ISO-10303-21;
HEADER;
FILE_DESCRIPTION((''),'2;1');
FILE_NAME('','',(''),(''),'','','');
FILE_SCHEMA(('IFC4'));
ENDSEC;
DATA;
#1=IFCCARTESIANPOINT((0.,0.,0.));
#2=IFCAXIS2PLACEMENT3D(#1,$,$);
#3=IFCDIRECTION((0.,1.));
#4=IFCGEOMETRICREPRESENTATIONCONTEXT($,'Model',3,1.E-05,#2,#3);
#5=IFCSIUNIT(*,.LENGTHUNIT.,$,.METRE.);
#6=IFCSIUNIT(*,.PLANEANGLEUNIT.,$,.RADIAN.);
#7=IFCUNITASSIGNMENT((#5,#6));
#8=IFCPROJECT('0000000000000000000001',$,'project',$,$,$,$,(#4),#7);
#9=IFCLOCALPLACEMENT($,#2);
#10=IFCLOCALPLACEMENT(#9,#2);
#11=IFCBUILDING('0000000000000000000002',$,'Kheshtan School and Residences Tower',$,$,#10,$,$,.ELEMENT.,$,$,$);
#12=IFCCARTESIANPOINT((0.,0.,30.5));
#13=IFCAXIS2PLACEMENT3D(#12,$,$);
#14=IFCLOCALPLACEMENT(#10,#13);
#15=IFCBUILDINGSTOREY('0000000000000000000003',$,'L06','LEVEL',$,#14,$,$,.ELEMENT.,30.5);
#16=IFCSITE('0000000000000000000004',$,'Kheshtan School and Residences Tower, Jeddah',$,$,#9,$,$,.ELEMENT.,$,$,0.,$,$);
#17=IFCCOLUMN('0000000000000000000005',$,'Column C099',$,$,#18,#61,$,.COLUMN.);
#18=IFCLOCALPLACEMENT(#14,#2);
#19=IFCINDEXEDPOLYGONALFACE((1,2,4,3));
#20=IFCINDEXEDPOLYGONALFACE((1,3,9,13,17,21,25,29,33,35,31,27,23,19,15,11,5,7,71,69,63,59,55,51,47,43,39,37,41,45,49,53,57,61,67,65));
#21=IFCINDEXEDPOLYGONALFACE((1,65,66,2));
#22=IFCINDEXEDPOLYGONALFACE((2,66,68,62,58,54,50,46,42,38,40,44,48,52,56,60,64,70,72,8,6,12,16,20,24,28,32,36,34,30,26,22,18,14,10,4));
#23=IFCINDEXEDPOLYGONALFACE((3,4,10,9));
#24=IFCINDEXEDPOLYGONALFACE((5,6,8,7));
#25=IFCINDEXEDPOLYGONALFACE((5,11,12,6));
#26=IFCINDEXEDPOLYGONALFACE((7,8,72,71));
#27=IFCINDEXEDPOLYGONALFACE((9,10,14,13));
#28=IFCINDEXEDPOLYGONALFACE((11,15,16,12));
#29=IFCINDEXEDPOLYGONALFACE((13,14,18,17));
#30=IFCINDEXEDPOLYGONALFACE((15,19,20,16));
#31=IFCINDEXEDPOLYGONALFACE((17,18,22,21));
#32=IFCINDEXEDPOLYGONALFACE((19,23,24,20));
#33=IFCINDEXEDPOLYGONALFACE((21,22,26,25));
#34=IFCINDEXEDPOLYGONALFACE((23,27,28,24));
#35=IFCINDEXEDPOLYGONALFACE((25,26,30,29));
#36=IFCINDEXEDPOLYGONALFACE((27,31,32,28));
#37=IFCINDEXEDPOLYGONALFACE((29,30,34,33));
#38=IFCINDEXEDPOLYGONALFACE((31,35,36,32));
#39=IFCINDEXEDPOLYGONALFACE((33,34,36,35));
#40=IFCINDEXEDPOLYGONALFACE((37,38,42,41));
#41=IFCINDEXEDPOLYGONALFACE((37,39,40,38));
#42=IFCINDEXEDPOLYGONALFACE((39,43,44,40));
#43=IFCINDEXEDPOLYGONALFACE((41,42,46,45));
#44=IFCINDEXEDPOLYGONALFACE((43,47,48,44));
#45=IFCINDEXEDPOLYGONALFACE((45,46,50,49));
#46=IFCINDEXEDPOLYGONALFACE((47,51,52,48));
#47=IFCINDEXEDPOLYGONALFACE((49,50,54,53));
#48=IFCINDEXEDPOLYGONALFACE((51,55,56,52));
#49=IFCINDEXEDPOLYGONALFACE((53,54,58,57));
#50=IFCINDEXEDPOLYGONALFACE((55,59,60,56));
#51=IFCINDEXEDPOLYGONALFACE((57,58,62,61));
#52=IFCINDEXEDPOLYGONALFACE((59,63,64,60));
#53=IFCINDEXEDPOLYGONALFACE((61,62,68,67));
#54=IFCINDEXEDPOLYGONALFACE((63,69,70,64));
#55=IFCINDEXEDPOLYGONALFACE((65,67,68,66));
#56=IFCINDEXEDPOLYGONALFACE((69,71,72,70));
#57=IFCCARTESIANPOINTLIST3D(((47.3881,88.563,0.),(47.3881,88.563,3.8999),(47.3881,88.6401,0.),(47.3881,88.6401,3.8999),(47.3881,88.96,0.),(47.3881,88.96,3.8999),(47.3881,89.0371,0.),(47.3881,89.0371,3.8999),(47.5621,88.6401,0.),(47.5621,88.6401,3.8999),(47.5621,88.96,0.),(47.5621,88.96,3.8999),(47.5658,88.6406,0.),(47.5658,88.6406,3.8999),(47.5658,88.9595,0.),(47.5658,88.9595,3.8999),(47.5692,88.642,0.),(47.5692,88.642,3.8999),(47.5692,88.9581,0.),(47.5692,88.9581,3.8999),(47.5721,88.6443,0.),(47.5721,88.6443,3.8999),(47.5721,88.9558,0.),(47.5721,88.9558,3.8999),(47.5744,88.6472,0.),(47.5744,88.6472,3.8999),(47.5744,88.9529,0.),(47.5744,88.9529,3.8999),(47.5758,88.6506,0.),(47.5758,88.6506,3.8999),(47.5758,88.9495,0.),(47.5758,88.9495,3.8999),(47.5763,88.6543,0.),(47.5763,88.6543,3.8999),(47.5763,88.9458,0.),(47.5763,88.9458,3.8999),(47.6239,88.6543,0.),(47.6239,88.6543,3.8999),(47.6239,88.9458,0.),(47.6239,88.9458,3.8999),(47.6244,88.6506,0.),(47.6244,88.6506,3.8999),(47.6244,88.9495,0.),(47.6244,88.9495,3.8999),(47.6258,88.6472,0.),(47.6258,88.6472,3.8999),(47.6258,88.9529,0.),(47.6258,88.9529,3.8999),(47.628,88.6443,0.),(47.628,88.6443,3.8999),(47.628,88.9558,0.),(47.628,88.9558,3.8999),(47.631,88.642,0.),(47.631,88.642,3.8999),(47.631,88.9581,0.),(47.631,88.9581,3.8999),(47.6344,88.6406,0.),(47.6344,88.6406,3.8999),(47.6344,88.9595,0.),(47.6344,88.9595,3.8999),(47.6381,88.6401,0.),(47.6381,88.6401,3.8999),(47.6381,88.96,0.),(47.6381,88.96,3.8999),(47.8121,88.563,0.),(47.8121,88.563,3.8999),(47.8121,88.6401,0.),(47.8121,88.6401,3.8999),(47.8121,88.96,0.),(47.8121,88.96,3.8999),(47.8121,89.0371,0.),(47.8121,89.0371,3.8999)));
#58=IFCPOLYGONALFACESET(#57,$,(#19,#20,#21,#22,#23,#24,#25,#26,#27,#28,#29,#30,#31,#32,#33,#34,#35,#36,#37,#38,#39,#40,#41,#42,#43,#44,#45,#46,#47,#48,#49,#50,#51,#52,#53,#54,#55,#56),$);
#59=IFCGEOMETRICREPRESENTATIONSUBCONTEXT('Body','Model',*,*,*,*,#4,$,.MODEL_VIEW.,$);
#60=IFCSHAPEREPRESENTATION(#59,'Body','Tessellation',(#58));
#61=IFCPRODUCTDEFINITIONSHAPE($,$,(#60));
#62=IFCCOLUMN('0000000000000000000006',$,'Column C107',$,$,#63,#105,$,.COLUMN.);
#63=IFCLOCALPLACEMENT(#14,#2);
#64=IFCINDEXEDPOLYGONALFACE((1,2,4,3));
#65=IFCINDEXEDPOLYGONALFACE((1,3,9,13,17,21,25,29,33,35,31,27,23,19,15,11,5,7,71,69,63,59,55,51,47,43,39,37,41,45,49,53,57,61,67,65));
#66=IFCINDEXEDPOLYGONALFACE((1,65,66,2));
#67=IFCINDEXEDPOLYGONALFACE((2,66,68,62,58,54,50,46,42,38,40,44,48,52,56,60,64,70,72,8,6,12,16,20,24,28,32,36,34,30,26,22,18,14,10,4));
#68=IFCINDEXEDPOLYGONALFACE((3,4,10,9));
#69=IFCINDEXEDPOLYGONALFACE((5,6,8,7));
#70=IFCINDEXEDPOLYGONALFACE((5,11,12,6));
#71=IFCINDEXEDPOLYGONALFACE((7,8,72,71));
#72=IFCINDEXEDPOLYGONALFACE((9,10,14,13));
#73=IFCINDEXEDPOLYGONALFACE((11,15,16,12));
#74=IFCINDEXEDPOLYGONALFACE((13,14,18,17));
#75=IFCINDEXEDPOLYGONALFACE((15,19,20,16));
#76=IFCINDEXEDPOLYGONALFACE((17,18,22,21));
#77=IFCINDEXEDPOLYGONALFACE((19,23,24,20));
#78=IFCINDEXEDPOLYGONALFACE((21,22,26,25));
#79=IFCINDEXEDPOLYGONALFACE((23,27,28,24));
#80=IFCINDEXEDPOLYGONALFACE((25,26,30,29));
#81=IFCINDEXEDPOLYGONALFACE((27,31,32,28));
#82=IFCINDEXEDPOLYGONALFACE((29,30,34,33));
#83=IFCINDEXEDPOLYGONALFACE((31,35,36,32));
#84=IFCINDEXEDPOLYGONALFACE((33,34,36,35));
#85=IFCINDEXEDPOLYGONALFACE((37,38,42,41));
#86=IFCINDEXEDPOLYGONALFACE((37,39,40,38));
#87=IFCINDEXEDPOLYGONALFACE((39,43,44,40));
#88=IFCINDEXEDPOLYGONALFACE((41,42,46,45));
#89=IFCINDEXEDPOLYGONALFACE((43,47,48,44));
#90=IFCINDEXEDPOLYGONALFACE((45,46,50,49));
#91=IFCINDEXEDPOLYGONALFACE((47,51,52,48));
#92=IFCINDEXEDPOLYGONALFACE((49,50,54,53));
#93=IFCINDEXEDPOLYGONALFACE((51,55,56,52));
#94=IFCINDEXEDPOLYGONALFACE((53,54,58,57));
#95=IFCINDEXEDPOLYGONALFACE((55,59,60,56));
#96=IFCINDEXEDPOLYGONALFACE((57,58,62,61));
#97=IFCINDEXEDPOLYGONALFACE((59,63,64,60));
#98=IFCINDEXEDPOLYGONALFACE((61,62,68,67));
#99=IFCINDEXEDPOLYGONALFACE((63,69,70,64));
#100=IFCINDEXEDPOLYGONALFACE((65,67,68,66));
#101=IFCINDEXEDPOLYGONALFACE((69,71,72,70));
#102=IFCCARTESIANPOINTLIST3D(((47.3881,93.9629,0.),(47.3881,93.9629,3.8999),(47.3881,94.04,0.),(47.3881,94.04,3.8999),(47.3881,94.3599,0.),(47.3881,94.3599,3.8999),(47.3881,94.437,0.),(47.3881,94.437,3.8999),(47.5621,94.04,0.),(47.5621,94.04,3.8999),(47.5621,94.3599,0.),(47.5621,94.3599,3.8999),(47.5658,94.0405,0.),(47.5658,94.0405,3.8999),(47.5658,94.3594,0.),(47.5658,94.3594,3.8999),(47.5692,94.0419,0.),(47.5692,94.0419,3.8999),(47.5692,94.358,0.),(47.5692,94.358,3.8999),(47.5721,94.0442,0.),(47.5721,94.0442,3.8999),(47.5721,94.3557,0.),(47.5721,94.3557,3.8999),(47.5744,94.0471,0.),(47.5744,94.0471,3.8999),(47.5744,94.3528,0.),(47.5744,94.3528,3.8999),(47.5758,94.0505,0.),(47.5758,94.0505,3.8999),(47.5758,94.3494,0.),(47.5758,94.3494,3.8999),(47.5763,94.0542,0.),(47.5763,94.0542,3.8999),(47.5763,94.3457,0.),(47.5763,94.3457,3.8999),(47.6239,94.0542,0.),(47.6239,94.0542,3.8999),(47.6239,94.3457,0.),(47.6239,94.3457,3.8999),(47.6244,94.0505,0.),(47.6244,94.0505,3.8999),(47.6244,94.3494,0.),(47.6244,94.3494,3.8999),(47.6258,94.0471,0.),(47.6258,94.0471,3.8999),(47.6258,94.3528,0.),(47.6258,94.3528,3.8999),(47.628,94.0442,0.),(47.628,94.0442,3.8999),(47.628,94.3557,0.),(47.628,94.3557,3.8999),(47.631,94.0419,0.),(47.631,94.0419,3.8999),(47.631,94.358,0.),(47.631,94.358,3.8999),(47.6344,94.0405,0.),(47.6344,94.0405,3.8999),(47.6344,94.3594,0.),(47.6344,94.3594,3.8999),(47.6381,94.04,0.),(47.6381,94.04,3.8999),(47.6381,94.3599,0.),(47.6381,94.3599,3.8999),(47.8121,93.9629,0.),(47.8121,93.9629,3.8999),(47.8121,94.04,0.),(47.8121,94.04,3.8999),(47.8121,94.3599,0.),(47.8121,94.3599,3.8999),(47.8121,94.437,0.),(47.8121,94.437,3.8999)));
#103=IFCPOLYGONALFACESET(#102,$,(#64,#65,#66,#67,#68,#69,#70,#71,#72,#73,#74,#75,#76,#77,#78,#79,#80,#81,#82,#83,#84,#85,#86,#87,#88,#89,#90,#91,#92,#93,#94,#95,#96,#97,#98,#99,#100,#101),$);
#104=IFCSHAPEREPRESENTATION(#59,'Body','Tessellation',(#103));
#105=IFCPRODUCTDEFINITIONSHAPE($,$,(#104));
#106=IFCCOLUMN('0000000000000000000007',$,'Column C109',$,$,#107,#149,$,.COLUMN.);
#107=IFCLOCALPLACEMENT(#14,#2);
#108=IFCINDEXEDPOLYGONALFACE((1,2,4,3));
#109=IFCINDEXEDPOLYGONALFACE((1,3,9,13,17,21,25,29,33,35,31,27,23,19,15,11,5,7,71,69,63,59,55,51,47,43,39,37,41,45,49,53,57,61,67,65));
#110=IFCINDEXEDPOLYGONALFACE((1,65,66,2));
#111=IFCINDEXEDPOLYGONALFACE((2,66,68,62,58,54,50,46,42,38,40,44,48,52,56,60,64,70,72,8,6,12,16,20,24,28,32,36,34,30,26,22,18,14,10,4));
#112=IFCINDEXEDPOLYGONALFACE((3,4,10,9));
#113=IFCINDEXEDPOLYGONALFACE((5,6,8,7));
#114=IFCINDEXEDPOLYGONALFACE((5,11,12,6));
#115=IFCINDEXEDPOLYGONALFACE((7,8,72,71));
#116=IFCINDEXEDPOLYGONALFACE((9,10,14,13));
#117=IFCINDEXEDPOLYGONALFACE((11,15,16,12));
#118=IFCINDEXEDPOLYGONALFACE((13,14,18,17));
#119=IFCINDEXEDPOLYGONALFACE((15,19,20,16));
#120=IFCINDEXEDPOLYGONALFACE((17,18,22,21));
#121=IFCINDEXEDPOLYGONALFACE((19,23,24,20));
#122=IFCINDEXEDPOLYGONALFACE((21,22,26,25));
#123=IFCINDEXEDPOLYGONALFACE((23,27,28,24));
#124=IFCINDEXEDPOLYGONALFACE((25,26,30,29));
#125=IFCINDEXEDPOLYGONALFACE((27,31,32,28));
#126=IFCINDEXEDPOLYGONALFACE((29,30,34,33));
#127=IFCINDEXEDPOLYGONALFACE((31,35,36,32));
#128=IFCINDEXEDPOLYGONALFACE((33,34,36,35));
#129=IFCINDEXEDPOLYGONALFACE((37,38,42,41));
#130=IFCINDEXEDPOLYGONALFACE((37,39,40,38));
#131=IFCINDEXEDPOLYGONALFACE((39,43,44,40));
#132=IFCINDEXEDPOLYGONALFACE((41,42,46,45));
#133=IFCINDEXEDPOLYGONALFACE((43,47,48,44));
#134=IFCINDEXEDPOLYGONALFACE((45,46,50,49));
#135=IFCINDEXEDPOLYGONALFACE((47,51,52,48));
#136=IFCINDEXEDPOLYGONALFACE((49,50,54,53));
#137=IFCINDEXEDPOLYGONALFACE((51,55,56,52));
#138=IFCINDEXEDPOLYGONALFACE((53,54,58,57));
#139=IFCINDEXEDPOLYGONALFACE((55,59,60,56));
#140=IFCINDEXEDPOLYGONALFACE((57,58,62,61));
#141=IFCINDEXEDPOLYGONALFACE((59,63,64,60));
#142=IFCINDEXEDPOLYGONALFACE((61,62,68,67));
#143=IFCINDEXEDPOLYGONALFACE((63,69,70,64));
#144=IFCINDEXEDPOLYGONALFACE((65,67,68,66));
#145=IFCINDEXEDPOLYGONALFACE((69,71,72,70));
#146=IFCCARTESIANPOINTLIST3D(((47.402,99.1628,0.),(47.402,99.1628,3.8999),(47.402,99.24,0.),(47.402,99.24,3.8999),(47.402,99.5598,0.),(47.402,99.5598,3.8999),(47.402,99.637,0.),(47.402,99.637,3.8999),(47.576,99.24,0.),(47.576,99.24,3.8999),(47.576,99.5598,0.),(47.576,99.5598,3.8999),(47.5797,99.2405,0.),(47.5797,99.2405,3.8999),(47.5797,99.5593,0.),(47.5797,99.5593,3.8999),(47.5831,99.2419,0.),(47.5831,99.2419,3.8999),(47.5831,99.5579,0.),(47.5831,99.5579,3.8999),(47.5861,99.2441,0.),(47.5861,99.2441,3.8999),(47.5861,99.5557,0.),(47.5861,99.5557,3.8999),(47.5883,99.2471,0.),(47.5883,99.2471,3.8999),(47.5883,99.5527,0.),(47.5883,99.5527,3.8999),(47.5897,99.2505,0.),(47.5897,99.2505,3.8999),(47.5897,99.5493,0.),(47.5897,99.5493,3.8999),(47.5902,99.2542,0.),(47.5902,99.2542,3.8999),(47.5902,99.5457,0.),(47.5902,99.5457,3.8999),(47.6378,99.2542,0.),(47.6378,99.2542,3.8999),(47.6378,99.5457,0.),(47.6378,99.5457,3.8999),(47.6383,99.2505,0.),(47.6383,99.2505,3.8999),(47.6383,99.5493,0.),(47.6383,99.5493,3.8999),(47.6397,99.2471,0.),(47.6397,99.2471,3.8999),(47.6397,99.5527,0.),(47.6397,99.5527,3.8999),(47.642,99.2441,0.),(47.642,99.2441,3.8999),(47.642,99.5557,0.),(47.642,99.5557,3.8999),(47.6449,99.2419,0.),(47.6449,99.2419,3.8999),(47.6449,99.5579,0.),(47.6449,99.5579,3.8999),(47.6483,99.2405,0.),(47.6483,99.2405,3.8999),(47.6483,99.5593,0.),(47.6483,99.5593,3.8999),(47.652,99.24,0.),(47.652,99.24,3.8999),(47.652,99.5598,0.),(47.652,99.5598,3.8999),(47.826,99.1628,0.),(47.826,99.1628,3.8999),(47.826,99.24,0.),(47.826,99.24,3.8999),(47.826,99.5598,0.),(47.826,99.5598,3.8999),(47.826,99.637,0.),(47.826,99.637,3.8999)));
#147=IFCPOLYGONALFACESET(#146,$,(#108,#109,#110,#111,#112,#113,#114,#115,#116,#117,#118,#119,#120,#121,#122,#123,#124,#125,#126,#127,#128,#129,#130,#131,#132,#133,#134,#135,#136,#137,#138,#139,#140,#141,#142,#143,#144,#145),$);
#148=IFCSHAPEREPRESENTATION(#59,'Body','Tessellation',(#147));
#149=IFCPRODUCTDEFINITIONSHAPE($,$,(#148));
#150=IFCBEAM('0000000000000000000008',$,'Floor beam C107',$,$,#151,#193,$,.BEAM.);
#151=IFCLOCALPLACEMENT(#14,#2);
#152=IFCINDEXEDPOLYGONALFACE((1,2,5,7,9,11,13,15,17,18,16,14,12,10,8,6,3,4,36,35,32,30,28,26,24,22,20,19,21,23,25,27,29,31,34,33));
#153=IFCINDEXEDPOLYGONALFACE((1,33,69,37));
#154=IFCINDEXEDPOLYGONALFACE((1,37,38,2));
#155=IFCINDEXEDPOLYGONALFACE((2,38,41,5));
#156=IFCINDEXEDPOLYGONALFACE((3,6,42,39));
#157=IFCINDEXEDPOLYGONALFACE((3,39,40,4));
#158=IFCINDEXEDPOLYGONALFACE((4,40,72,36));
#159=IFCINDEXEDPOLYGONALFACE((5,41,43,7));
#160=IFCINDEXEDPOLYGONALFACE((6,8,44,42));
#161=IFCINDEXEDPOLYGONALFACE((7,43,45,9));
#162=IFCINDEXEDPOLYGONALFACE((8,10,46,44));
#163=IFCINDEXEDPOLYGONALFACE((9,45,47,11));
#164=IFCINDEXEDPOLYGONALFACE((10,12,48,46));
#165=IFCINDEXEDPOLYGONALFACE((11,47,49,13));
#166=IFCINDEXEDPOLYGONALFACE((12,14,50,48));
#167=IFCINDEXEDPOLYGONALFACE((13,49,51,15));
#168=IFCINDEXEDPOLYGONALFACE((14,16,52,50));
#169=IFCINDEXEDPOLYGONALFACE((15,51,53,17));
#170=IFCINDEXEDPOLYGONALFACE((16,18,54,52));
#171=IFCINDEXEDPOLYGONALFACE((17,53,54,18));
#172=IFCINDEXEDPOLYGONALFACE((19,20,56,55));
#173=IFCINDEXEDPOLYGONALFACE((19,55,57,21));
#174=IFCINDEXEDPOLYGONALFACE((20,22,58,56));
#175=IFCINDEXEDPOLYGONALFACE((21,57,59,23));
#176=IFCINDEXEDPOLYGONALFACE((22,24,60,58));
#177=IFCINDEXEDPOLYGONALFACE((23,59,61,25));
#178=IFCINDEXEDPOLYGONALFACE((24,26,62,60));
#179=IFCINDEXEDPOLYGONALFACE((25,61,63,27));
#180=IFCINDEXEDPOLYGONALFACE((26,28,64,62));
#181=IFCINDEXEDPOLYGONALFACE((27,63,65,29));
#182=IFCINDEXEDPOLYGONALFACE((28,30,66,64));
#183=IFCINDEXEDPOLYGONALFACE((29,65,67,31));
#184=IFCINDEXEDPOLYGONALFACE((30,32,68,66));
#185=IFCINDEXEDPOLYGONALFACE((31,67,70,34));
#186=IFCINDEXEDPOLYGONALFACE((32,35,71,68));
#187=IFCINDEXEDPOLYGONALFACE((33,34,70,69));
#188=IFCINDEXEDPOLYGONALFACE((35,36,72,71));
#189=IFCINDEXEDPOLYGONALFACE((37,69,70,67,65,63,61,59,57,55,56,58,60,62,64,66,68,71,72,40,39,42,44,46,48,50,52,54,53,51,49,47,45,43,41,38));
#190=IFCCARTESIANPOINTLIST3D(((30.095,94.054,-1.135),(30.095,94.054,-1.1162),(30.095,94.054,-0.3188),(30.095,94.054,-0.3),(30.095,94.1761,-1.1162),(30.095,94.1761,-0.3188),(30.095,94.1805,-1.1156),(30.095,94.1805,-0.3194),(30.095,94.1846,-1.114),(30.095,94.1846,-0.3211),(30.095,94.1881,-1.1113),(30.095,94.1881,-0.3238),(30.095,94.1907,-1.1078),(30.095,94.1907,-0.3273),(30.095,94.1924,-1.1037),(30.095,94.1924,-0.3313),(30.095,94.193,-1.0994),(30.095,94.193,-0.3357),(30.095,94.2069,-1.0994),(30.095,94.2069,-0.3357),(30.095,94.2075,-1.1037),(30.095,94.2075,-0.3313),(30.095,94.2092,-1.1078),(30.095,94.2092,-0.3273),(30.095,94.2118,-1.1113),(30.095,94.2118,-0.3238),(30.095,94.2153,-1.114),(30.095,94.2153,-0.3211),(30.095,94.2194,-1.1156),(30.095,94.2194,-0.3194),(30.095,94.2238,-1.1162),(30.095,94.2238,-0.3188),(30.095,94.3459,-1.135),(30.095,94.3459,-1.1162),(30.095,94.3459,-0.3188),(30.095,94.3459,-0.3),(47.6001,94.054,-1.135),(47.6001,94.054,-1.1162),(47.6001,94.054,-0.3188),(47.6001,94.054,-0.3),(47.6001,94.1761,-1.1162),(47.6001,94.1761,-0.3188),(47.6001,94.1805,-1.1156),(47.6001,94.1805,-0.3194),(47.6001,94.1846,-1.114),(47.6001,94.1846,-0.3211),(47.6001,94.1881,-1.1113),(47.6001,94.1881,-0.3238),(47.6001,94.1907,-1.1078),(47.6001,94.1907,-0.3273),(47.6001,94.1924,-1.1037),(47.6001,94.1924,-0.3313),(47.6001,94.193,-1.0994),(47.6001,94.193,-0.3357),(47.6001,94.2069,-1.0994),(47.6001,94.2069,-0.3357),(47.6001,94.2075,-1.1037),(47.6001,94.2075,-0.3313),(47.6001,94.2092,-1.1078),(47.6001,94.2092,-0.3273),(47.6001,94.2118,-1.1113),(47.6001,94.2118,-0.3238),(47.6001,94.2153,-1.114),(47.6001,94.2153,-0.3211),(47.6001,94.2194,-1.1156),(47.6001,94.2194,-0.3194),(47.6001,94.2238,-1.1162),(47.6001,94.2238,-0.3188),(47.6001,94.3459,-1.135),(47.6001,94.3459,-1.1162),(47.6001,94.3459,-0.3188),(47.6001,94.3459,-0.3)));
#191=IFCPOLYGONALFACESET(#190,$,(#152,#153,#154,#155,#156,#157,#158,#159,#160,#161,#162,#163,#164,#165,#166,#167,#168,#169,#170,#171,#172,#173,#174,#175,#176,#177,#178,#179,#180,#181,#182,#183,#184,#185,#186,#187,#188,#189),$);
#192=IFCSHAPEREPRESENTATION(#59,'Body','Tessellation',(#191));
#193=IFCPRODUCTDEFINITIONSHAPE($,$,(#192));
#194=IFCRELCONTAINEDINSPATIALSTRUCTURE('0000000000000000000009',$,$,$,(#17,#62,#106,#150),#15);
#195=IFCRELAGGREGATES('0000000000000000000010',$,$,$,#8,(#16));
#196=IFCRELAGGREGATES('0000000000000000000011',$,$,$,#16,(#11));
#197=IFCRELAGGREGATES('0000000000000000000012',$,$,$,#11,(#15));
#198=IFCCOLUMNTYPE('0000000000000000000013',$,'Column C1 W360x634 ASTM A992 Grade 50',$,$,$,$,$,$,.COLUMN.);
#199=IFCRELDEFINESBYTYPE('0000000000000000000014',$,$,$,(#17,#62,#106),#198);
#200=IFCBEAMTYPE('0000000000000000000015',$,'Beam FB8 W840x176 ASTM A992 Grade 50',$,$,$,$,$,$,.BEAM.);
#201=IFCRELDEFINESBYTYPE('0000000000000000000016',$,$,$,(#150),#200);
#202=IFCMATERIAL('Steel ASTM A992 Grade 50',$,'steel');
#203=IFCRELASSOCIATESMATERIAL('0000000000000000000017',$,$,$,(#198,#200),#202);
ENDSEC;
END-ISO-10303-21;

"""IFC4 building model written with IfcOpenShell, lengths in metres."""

from ifc_helpers import new_model, si_unit, direction, frame, origin, origin_2d, place, context, subcontext, project, spatial, i_section, extrude, material, material_profile, profile_set, type_object, element, save


model = new_model("IFC4")

# Units and contexts
model_context = context("Model", 3, precision=1e-05, world=origin(), true_north=direction((0.0, 1.0)))
body_context = subcontext(model_context, "Body", "Model", "MODEL_VIEW")
ifc_project = project(units=[si_unit("LENGTHUNIT", "METRE"), si_unit("PLANEANGLEUNIT", "RADIAN")], contexts=[model_context])

# Site, building, storey
site_placement = place(None, origin())
site = spatial("IfcSite", under=ifc_project, at=site_placement, Name="Kheshtan School and Residences Tower, Jeddah", CompositionType="ELEMENT", RefElevation=0.0)
building_placement = place(site_placement, origin())
building = spatial("IfcBuilding", under=site, at=building_placement, Name="Kheshtan School and Residences Tower", CompositionType="ELEMENT")
storey_placement = place(building_placement, frame((0.0, 0.0, 30.5)))
storey = spatial("IfcBuildingStorey", under=building, at=storey_placement, Name="L06", Description="LEVEL", CompositionType="ELEMENT", Elevation=30.5)

# Columns
ifc_material_1 = material(Name="Steel ASTM A992 Grade 50", Category="steel")
ifc_material_profile_1 = material_profile(ifc_material_1, i_section(OverallWidth=0.4241, OverallDepth=0.4741, WebThickness=0.0476, FlangeThickness=0.0771, FilletRadius=0.0142, at=origin_2d()), Name="W360x634")
ifc_profile_set_1 = profile_set([ifc_material_profile_1], Name="Steel ASTM A992 Grade 50")
column_type = type_object("IfcColumnType", Name="Column C1 W360x634 ASTM A992 Grade 50", PredefinedType="COLUMN", material=ifc_profile_set_1)
for number, where, z_axis, x_axis, name in (
    (1, (47.6001, 88.8, 0.0), (0.0, 0.0, 1.0), (1.0, 0.0, 0.0), "Column C099"),
    (2, (47.6001, 94.2, 0.0), (0.0, 0.0, 1.0), (1.0, 0.0, 0.0), "Column C107"),
    (3, (47.614, 99.3999, 0.0), (0.0, 0.0, 1.0), (1.0, 0.0, 0.0), "Column C109"),
):
    element("IfcColumn", number, at=place(storey_placement, frame(where, z_axis=z_axis, x_axis=x_axis)), inside=storey, type_object=column_type, Name=name, PredefinedType="COLUMN", context=body_context, shape_type="SweptSolid", body=[
        extrude(i_section(OverallWidth=0.4241, OverallDepth=0.4741, WebThickness=0.0476, FlangeThickness=0.0771, FilletRadius=0.0142, at=origin_2d()), origin(), (0.0, 0.0, 1.0), 3.8999),
    ])

# Beam
ifc_material_profile_2 = material_profile(ifc_material_1, i_section(OverallWidth=0.292, OverallDepth=0.835, WebThickness=0.0139, FlangeThickness=0.0188, FilletRadius=0.0168, at=origin_2d()), Name="W840x176")
ifc_profile_set_2 = profile_set([ifc_material_profile_2], Name="Steel ASTM A992 Grade 50")
beam_type_1 = type_object("IfcBeamType", Name="Beam FB8 W840x176 ASTM A992 Grade 50", PredefinedType="BEAM", material=ifc_profile_set_2)
beam_1_placement = place(storey_placement, frame((47.6001, 94.2, -0.7175), z_axis=(-1.0, 0.0, 0.0), x_axis=(0.0, -1.0, 0.0)))
element("IfcBeam", 4, at=beam_1_placement, inside=storey, type_object=beam_type_1, Name="Floor beam C107", PredefinedType="BEAM", context=body_context, shape_type="SweptSolid", body=[
    extrude(i_section(OverallWidth=0.292, OverallDepth=0.835, WebThickness=0.0139, FlangeThickness=0.0188, FilletRadius=0.0168, at=origin_2d()), origin(), (0.0, 0.0, 1.0), 17.5051),
])

save(model, "model.ifc")
